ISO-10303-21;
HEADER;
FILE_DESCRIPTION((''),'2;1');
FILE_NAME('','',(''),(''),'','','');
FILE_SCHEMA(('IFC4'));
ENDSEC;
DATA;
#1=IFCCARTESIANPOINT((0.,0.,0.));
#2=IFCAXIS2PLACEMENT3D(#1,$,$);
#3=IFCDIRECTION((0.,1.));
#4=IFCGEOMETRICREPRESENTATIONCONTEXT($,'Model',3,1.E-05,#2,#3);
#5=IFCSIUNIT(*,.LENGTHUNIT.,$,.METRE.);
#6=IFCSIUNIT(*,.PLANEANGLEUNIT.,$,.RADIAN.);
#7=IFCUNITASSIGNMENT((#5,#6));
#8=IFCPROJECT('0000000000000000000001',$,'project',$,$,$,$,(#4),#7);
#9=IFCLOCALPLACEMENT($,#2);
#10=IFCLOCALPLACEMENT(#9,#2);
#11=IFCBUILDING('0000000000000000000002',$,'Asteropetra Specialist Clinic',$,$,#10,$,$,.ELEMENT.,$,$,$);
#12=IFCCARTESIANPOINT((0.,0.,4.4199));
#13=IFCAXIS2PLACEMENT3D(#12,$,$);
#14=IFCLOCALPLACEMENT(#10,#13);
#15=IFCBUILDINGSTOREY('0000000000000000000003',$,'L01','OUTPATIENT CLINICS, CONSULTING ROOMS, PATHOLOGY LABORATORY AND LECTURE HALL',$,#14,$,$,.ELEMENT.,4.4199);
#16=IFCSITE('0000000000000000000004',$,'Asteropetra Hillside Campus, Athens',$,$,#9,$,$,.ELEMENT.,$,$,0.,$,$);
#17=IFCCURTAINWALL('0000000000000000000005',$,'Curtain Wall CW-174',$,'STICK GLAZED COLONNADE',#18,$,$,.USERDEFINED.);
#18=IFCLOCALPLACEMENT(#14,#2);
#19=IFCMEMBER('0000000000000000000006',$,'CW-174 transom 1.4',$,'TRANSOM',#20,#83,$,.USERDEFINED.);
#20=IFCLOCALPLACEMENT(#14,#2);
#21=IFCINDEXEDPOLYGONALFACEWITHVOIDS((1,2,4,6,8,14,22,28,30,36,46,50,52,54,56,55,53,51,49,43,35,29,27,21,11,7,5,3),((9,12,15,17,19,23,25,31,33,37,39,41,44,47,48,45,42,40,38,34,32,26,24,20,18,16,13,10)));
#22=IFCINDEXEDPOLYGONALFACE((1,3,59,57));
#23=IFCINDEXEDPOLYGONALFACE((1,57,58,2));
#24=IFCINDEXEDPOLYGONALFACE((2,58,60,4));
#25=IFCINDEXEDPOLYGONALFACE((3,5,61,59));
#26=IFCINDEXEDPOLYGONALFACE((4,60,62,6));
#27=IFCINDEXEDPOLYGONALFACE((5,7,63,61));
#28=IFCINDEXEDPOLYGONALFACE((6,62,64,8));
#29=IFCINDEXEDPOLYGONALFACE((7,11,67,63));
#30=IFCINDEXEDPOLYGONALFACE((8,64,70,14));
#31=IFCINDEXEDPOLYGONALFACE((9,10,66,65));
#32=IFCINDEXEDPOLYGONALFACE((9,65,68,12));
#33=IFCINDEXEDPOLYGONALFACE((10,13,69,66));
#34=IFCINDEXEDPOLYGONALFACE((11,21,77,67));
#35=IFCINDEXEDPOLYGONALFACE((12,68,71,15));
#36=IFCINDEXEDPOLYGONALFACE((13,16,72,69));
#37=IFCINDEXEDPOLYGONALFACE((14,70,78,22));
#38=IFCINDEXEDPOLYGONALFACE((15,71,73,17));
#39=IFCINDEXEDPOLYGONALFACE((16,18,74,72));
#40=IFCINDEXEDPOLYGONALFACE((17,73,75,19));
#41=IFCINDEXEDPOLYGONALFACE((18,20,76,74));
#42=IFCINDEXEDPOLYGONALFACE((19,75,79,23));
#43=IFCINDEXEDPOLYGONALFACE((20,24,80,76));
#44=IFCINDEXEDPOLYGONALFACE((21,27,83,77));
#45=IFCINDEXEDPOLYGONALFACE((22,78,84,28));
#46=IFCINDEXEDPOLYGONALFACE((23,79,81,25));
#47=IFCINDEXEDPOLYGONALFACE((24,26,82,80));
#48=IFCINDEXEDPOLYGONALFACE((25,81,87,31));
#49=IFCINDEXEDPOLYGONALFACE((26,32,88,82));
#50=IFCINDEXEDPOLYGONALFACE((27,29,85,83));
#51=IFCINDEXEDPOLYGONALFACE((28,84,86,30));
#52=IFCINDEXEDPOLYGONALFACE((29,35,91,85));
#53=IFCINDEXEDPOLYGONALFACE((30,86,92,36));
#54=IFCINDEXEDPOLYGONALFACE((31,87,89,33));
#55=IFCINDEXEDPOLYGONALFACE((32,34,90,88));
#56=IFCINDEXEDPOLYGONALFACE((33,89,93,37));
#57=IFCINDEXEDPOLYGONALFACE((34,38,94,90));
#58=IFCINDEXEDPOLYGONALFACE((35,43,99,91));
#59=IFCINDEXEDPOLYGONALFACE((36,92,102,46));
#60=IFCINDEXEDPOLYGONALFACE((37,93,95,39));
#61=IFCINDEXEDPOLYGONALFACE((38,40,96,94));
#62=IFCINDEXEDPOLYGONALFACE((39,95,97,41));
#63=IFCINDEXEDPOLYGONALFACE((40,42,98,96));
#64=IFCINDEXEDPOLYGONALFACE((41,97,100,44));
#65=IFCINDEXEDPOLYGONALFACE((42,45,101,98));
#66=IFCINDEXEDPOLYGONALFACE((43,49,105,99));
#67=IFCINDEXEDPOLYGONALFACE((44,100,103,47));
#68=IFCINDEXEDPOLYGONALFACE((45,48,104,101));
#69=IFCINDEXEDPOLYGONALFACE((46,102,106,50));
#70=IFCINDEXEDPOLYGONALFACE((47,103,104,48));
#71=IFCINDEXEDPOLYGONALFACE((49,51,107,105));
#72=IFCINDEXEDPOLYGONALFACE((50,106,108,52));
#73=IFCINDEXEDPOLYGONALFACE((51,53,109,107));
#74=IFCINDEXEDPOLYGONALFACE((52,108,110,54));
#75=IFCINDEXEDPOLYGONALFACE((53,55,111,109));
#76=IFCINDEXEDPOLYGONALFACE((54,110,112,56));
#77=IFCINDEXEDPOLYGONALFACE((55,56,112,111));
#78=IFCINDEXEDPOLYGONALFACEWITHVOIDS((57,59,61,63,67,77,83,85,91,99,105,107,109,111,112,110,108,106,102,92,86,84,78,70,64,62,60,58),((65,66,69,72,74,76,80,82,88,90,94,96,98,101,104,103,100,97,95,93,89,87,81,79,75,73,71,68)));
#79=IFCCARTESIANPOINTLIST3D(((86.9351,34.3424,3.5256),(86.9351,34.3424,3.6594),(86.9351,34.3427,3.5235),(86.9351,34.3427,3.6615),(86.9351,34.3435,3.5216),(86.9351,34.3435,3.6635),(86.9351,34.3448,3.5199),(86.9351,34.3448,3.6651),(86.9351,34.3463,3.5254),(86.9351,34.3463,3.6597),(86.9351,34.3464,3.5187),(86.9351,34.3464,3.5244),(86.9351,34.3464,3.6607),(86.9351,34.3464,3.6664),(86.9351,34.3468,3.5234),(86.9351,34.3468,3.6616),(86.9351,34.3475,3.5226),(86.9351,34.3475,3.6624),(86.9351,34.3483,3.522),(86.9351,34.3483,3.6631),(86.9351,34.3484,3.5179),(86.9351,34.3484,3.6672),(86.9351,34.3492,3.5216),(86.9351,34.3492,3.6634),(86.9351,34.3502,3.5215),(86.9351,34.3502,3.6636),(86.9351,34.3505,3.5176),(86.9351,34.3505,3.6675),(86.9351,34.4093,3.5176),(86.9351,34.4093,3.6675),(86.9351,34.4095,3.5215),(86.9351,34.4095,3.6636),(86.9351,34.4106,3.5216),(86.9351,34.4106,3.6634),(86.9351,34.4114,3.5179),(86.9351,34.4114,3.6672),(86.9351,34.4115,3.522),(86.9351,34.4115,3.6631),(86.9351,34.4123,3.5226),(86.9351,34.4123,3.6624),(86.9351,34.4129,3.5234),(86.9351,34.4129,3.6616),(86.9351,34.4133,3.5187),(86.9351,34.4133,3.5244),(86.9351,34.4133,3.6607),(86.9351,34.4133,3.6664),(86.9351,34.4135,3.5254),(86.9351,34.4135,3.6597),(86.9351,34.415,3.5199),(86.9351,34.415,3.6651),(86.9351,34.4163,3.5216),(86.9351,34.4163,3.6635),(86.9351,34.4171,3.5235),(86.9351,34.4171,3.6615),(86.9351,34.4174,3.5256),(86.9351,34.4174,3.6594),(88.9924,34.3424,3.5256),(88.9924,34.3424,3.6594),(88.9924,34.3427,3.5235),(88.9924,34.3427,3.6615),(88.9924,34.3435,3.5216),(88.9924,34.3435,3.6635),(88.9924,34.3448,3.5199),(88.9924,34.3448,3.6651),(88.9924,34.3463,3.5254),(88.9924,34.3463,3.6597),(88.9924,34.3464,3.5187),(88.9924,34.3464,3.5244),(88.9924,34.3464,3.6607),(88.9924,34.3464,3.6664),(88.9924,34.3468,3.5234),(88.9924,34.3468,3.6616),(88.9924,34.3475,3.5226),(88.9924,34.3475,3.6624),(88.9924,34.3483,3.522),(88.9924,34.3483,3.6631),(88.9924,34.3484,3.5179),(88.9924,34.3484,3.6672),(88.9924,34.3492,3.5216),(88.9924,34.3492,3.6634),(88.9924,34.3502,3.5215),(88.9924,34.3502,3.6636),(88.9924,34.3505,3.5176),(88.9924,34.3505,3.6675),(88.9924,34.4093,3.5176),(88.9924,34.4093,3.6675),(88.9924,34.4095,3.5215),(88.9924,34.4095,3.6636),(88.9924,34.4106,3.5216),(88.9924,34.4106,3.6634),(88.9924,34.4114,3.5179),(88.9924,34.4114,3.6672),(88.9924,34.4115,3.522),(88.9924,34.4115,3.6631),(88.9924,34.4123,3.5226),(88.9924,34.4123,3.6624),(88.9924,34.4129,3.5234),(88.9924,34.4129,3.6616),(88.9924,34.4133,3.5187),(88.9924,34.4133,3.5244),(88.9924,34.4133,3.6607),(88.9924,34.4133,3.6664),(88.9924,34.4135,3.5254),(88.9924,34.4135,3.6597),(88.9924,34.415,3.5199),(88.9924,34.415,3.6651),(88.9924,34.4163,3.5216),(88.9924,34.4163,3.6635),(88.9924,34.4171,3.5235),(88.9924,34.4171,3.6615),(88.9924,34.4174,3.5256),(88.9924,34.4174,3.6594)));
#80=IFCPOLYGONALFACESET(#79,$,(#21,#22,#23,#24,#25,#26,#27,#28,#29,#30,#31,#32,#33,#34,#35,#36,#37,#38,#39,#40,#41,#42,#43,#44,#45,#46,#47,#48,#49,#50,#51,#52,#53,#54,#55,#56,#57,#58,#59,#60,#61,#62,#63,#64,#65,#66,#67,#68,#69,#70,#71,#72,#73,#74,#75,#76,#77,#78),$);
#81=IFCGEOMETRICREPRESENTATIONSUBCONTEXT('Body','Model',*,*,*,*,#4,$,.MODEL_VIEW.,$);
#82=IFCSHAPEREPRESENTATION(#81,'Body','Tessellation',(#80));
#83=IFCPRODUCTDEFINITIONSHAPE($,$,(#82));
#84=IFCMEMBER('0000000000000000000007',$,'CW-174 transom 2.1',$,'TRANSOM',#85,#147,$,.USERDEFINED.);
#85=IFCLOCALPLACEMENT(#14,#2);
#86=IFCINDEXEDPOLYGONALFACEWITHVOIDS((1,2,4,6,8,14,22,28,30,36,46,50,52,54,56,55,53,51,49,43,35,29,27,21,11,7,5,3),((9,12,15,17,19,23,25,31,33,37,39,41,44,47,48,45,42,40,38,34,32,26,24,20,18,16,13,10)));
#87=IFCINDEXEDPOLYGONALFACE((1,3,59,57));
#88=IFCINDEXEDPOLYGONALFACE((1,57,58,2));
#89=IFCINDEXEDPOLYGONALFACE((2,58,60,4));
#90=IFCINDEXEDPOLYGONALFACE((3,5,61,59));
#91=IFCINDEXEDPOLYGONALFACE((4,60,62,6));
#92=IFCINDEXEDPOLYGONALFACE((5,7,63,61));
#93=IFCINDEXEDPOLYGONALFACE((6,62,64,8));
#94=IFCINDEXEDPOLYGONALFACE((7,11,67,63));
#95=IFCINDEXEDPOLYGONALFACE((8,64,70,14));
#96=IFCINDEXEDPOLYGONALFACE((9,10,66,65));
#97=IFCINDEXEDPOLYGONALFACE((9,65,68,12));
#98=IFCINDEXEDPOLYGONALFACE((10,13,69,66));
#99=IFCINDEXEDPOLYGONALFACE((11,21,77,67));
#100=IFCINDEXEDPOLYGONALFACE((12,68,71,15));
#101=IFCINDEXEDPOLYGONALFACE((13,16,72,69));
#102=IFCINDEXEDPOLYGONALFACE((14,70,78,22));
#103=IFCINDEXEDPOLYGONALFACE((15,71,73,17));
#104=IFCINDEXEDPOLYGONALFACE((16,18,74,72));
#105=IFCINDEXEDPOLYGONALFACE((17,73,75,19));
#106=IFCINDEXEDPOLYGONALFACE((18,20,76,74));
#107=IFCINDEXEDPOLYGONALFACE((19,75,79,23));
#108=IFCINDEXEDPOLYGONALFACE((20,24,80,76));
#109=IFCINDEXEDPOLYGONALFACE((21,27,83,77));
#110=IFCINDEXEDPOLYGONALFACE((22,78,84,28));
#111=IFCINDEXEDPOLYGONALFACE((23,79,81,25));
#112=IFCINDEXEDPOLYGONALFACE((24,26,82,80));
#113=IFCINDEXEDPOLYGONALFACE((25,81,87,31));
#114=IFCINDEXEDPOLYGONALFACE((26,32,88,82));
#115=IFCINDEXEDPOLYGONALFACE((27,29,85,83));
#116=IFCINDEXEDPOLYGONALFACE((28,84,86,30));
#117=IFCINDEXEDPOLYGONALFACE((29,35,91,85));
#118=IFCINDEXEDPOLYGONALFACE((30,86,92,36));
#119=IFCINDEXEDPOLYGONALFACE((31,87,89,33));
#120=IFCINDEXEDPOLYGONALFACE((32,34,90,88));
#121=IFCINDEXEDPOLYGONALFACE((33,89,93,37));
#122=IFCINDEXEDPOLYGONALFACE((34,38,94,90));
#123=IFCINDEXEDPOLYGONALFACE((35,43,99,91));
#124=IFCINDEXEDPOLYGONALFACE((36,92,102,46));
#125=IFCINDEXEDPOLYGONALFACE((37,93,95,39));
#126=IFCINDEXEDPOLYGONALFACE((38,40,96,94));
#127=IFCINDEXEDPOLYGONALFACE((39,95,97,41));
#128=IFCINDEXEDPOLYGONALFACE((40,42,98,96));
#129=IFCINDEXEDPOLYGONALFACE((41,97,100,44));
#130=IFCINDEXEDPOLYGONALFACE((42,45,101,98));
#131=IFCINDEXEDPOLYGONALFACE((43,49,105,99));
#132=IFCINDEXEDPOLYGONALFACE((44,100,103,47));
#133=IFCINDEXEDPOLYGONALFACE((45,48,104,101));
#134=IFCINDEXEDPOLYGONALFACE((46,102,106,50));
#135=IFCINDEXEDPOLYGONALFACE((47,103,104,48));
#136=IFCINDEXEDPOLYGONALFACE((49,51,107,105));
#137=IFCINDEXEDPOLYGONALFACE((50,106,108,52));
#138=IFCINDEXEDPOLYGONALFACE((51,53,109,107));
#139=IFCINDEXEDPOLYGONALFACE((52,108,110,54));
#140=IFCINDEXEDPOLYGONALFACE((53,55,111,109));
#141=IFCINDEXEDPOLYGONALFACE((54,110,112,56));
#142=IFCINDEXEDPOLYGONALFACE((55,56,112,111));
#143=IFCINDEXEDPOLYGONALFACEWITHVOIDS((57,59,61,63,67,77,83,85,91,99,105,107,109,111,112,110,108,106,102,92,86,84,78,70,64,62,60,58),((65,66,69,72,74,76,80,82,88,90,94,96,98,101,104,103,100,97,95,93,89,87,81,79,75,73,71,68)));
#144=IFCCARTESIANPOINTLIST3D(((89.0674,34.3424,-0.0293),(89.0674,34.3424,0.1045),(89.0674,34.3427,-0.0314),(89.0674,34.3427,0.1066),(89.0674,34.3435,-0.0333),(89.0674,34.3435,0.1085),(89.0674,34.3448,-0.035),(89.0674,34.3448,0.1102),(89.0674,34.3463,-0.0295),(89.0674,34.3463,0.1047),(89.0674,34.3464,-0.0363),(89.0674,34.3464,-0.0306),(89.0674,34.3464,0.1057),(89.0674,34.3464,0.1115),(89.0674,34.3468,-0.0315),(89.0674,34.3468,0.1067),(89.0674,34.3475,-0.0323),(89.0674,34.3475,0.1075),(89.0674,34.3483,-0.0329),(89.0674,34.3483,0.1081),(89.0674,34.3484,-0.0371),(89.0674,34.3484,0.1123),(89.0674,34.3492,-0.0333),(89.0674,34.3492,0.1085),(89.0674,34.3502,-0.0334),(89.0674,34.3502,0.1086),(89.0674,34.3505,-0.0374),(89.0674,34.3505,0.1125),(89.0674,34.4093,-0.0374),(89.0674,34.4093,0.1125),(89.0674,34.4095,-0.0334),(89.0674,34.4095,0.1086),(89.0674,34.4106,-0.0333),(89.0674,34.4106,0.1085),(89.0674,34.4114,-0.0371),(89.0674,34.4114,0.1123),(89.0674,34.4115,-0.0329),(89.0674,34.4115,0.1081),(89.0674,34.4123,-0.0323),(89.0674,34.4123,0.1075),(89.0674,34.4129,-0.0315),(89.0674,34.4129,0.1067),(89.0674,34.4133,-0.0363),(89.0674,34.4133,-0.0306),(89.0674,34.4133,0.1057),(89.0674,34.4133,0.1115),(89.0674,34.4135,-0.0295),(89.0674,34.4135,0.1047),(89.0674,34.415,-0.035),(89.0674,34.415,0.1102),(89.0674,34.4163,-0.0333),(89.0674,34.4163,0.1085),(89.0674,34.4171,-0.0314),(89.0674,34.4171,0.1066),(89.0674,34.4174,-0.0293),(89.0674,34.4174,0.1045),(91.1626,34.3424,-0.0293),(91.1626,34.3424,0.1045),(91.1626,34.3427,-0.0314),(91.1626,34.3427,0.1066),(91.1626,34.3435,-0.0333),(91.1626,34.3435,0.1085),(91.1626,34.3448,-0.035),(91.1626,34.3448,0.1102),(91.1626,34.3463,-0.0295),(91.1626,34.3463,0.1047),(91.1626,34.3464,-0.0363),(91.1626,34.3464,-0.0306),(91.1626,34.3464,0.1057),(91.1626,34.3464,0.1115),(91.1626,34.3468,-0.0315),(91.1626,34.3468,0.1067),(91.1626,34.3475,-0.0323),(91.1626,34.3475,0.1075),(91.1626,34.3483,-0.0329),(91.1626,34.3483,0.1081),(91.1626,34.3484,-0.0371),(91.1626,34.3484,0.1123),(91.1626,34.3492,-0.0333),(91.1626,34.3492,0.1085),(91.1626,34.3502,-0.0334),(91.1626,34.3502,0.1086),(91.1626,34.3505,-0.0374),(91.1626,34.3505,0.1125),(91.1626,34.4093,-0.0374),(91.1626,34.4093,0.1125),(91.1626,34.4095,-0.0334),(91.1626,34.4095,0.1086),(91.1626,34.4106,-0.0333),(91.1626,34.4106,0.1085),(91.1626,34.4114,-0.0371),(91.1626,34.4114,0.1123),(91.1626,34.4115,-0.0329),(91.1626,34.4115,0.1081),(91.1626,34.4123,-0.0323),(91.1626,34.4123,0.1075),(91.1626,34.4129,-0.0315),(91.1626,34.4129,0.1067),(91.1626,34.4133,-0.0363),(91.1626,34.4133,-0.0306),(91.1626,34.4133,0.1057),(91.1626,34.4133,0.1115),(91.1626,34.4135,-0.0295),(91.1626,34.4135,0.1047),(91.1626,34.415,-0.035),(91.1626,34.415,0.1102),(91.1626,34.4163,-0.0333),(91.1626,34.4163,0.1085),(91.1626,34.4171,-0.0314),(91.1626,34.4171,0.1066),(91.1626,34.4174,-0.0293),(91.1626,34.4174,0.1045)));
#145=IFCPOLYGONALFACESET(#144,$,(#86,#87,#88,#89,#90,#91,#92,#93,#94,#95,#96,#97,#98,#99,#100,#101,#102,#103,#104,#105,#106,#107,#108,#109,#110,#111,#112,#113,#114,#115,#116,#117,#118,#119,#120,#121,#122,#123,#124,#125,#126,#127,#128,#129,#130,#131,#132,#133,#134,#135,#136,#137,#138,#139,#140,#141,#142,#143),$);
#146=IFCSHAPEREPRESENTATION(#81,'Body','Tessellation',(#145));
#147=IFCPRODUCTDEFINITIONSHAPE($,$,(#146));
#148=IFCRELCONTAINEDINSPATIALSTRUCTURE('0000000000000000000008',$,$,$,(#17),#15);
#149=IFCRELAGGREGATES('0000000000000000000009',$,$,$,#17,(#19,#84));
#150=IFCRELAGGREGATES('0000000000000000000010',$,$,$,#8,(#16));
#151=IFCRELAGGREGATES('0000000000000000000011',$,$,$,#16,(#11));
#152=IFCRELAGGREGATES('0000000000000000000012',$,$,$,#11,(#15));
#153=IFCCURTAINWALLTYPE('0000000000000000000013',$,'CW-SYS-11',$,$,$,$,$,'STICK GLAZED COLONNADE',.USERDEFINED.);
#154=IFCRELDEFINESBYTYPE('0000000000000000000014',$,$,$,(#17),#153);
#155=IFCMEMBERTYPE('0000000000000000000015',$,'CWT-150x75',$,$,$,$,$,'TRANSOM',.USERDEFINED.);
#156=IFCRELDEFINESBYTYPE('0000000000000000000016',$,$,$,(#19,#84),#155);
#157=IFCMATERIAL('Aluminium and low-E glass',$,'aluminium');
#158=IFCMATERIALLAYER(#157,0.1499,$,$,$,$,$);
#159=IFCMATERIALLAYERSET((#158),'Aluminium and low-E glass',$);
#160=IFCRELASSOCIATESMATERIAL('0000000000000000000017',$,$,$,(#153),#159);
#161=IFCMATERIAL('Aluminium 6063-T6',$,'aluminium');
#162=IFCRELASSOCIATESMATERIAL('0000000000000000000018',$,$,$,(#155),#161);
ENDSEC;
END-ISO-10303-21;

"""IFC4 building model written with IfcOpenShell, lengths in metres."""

from ifc_helpers import new_model, si_unit, direction, frame, origin, origin_2d, place, context, subcontext, project, spatial, hollow_rectangle, extrude, material, layer, layer_set, material_profile, profile_set, type_object, element, aggregate, save


model = new_model("IFC4")

# Units and contexts
model_context = context("Model", 3, precision=1e-05, world=origin(), true_north=direction((0.0, 1.0)))
body_context = subcontext(model_context, "Body", "Model", "MODEL_VIEW")
ifc_project = project(units=[si_unit("LENGTHUNIT", "METRE"), si_unit("PLANEANGLEUNIT", "RADIAN")], contexts=[model_context])

# Site, building, storey
site_placement = place(None, origin())
site = spatial("IfcSite", under=ifc_project, at=site_placement, Name="Asteropetra Hillside Campus, Athens", CompositionType="ELEMENT", RefElevation=0.0)
building_placement = place(site_placement, origin())
building = spatial("IfcBuilding", under=site, at=building_placement, Name="Asteropetra Specialist Clinic", CompositionType="ELEMENT")
storey_placement = place(building_placement, frame((0.0, 0.0, 4.4199)))
storey = spatial("IfcBuildingStorey", under=building, at=storey_placement, Name="L01", Description="OUTPATIENT CLINICS, CONSULTING ROOMS, PATHOLOGY LABORATORY AND LECTURE HALL", CompositionType="ELEMENT", Elevation=4.4199)

# Curtain wall, members
ifc_material_1 = material(Name="Aluminium and low-E glass", Category="aluminium")
ifc_layer_1 = layer(ifc_material_1, 0.1499)
ifc_layer_set_1 = layer_set([ifc_layer_1], Name="Aluminium and low-E glass")
curtain_wall_type = type_object("IfcCurtainWallType", Name="CW-SYS-11", ElementType="STICK GLAZED COLONNADE", PredefinedType="USERDEFINED", material=ifc_layer_set_1)
curtain_wall_placement = place(storey_placement, origin())
curtain_wall = element("IfcCurtainWall", 1, at=curtain_wall_placement, inside=storey, type_object=curtain_wall_type, Name="Curtain Wall CW-174", ObjectType="STICK GLAZED COLONNADE", PredefinedType="USERDEFINED")
ifc_material_2 = material(Name="Aluminium 6063-T6", Category="aluminium")
ifc_material_profile_1 = material_profile(ifc_material_2, hollow_rectangle(XDim=0.075, YDim=0.1499, WallThickness=0.0039, InnerFilletRadius=0.0039, OuterFilletRadius=0.0081, at=origin_2d()), Name="TRN 150x75x4.0")
ifc_profile_set_1 = profile_set([ifc_material_profile_1], Name="Aluminium 6063-T6")
member_type_1 = type_object("IfcMemberType", Name="CWT-150x75", ElementType="TRANSOM", PredefinedType="USERDEFINED", material=ifc_profile_set_1)
member_1_placement = place(storey_placement, frame((86.9351, 34.3799, 3.5925), z_axis=(1.0, 0.0, 0.0), x_axis=(0.0, 1.0, 0.0)))
member_1 = element("IfcMember", 2, at=member_1_placement, type_object=member_type_1, Name="CW-174 transom 1.4", ObjectType="TRANSOM", PredefinedType="USERDEFINED", context=body_context, shape_type="SweptSolid", body=[
    extrude(hollow_rectangle(XDim=0.075, YDim=0.1499, WallThickness=0.0039, InnerFilletRadius=0.0039, OuterFilletRadius=0.0081, at=origin_2d()), origin(), (0.0, 0.0, 1.0), 2.0574),
])
member_2_placement = place(storey_placement, frame((89.0674, 34.3799, 0.0376), z_axis=(1.0, 0.0, 0.0), x_axis=(0.0, 1.0, 0.0)))
member_2 = element("IfcMember", 3, at=member_2_placement, type_object=member_type_1, Name="CW-174 transom 2.1", ObjectType="TRANSOM", PredefinedType="USERDEFINED", context=body_context, shape_type="SweptSolid", body=[
    extrude(hollow_rectangle(XDim=0.075, YDim=0.1499, WallThickness=0.0039, InnerFilletRadius=0.0039, OuterFilletRadius=0.0081, at=origin_2d()), origin(), (0.0, 0.0, 1.0), 2.0952),
])

aggregate(curtain_wall, [member_1, member_2])

save(model, "model.ifc")
